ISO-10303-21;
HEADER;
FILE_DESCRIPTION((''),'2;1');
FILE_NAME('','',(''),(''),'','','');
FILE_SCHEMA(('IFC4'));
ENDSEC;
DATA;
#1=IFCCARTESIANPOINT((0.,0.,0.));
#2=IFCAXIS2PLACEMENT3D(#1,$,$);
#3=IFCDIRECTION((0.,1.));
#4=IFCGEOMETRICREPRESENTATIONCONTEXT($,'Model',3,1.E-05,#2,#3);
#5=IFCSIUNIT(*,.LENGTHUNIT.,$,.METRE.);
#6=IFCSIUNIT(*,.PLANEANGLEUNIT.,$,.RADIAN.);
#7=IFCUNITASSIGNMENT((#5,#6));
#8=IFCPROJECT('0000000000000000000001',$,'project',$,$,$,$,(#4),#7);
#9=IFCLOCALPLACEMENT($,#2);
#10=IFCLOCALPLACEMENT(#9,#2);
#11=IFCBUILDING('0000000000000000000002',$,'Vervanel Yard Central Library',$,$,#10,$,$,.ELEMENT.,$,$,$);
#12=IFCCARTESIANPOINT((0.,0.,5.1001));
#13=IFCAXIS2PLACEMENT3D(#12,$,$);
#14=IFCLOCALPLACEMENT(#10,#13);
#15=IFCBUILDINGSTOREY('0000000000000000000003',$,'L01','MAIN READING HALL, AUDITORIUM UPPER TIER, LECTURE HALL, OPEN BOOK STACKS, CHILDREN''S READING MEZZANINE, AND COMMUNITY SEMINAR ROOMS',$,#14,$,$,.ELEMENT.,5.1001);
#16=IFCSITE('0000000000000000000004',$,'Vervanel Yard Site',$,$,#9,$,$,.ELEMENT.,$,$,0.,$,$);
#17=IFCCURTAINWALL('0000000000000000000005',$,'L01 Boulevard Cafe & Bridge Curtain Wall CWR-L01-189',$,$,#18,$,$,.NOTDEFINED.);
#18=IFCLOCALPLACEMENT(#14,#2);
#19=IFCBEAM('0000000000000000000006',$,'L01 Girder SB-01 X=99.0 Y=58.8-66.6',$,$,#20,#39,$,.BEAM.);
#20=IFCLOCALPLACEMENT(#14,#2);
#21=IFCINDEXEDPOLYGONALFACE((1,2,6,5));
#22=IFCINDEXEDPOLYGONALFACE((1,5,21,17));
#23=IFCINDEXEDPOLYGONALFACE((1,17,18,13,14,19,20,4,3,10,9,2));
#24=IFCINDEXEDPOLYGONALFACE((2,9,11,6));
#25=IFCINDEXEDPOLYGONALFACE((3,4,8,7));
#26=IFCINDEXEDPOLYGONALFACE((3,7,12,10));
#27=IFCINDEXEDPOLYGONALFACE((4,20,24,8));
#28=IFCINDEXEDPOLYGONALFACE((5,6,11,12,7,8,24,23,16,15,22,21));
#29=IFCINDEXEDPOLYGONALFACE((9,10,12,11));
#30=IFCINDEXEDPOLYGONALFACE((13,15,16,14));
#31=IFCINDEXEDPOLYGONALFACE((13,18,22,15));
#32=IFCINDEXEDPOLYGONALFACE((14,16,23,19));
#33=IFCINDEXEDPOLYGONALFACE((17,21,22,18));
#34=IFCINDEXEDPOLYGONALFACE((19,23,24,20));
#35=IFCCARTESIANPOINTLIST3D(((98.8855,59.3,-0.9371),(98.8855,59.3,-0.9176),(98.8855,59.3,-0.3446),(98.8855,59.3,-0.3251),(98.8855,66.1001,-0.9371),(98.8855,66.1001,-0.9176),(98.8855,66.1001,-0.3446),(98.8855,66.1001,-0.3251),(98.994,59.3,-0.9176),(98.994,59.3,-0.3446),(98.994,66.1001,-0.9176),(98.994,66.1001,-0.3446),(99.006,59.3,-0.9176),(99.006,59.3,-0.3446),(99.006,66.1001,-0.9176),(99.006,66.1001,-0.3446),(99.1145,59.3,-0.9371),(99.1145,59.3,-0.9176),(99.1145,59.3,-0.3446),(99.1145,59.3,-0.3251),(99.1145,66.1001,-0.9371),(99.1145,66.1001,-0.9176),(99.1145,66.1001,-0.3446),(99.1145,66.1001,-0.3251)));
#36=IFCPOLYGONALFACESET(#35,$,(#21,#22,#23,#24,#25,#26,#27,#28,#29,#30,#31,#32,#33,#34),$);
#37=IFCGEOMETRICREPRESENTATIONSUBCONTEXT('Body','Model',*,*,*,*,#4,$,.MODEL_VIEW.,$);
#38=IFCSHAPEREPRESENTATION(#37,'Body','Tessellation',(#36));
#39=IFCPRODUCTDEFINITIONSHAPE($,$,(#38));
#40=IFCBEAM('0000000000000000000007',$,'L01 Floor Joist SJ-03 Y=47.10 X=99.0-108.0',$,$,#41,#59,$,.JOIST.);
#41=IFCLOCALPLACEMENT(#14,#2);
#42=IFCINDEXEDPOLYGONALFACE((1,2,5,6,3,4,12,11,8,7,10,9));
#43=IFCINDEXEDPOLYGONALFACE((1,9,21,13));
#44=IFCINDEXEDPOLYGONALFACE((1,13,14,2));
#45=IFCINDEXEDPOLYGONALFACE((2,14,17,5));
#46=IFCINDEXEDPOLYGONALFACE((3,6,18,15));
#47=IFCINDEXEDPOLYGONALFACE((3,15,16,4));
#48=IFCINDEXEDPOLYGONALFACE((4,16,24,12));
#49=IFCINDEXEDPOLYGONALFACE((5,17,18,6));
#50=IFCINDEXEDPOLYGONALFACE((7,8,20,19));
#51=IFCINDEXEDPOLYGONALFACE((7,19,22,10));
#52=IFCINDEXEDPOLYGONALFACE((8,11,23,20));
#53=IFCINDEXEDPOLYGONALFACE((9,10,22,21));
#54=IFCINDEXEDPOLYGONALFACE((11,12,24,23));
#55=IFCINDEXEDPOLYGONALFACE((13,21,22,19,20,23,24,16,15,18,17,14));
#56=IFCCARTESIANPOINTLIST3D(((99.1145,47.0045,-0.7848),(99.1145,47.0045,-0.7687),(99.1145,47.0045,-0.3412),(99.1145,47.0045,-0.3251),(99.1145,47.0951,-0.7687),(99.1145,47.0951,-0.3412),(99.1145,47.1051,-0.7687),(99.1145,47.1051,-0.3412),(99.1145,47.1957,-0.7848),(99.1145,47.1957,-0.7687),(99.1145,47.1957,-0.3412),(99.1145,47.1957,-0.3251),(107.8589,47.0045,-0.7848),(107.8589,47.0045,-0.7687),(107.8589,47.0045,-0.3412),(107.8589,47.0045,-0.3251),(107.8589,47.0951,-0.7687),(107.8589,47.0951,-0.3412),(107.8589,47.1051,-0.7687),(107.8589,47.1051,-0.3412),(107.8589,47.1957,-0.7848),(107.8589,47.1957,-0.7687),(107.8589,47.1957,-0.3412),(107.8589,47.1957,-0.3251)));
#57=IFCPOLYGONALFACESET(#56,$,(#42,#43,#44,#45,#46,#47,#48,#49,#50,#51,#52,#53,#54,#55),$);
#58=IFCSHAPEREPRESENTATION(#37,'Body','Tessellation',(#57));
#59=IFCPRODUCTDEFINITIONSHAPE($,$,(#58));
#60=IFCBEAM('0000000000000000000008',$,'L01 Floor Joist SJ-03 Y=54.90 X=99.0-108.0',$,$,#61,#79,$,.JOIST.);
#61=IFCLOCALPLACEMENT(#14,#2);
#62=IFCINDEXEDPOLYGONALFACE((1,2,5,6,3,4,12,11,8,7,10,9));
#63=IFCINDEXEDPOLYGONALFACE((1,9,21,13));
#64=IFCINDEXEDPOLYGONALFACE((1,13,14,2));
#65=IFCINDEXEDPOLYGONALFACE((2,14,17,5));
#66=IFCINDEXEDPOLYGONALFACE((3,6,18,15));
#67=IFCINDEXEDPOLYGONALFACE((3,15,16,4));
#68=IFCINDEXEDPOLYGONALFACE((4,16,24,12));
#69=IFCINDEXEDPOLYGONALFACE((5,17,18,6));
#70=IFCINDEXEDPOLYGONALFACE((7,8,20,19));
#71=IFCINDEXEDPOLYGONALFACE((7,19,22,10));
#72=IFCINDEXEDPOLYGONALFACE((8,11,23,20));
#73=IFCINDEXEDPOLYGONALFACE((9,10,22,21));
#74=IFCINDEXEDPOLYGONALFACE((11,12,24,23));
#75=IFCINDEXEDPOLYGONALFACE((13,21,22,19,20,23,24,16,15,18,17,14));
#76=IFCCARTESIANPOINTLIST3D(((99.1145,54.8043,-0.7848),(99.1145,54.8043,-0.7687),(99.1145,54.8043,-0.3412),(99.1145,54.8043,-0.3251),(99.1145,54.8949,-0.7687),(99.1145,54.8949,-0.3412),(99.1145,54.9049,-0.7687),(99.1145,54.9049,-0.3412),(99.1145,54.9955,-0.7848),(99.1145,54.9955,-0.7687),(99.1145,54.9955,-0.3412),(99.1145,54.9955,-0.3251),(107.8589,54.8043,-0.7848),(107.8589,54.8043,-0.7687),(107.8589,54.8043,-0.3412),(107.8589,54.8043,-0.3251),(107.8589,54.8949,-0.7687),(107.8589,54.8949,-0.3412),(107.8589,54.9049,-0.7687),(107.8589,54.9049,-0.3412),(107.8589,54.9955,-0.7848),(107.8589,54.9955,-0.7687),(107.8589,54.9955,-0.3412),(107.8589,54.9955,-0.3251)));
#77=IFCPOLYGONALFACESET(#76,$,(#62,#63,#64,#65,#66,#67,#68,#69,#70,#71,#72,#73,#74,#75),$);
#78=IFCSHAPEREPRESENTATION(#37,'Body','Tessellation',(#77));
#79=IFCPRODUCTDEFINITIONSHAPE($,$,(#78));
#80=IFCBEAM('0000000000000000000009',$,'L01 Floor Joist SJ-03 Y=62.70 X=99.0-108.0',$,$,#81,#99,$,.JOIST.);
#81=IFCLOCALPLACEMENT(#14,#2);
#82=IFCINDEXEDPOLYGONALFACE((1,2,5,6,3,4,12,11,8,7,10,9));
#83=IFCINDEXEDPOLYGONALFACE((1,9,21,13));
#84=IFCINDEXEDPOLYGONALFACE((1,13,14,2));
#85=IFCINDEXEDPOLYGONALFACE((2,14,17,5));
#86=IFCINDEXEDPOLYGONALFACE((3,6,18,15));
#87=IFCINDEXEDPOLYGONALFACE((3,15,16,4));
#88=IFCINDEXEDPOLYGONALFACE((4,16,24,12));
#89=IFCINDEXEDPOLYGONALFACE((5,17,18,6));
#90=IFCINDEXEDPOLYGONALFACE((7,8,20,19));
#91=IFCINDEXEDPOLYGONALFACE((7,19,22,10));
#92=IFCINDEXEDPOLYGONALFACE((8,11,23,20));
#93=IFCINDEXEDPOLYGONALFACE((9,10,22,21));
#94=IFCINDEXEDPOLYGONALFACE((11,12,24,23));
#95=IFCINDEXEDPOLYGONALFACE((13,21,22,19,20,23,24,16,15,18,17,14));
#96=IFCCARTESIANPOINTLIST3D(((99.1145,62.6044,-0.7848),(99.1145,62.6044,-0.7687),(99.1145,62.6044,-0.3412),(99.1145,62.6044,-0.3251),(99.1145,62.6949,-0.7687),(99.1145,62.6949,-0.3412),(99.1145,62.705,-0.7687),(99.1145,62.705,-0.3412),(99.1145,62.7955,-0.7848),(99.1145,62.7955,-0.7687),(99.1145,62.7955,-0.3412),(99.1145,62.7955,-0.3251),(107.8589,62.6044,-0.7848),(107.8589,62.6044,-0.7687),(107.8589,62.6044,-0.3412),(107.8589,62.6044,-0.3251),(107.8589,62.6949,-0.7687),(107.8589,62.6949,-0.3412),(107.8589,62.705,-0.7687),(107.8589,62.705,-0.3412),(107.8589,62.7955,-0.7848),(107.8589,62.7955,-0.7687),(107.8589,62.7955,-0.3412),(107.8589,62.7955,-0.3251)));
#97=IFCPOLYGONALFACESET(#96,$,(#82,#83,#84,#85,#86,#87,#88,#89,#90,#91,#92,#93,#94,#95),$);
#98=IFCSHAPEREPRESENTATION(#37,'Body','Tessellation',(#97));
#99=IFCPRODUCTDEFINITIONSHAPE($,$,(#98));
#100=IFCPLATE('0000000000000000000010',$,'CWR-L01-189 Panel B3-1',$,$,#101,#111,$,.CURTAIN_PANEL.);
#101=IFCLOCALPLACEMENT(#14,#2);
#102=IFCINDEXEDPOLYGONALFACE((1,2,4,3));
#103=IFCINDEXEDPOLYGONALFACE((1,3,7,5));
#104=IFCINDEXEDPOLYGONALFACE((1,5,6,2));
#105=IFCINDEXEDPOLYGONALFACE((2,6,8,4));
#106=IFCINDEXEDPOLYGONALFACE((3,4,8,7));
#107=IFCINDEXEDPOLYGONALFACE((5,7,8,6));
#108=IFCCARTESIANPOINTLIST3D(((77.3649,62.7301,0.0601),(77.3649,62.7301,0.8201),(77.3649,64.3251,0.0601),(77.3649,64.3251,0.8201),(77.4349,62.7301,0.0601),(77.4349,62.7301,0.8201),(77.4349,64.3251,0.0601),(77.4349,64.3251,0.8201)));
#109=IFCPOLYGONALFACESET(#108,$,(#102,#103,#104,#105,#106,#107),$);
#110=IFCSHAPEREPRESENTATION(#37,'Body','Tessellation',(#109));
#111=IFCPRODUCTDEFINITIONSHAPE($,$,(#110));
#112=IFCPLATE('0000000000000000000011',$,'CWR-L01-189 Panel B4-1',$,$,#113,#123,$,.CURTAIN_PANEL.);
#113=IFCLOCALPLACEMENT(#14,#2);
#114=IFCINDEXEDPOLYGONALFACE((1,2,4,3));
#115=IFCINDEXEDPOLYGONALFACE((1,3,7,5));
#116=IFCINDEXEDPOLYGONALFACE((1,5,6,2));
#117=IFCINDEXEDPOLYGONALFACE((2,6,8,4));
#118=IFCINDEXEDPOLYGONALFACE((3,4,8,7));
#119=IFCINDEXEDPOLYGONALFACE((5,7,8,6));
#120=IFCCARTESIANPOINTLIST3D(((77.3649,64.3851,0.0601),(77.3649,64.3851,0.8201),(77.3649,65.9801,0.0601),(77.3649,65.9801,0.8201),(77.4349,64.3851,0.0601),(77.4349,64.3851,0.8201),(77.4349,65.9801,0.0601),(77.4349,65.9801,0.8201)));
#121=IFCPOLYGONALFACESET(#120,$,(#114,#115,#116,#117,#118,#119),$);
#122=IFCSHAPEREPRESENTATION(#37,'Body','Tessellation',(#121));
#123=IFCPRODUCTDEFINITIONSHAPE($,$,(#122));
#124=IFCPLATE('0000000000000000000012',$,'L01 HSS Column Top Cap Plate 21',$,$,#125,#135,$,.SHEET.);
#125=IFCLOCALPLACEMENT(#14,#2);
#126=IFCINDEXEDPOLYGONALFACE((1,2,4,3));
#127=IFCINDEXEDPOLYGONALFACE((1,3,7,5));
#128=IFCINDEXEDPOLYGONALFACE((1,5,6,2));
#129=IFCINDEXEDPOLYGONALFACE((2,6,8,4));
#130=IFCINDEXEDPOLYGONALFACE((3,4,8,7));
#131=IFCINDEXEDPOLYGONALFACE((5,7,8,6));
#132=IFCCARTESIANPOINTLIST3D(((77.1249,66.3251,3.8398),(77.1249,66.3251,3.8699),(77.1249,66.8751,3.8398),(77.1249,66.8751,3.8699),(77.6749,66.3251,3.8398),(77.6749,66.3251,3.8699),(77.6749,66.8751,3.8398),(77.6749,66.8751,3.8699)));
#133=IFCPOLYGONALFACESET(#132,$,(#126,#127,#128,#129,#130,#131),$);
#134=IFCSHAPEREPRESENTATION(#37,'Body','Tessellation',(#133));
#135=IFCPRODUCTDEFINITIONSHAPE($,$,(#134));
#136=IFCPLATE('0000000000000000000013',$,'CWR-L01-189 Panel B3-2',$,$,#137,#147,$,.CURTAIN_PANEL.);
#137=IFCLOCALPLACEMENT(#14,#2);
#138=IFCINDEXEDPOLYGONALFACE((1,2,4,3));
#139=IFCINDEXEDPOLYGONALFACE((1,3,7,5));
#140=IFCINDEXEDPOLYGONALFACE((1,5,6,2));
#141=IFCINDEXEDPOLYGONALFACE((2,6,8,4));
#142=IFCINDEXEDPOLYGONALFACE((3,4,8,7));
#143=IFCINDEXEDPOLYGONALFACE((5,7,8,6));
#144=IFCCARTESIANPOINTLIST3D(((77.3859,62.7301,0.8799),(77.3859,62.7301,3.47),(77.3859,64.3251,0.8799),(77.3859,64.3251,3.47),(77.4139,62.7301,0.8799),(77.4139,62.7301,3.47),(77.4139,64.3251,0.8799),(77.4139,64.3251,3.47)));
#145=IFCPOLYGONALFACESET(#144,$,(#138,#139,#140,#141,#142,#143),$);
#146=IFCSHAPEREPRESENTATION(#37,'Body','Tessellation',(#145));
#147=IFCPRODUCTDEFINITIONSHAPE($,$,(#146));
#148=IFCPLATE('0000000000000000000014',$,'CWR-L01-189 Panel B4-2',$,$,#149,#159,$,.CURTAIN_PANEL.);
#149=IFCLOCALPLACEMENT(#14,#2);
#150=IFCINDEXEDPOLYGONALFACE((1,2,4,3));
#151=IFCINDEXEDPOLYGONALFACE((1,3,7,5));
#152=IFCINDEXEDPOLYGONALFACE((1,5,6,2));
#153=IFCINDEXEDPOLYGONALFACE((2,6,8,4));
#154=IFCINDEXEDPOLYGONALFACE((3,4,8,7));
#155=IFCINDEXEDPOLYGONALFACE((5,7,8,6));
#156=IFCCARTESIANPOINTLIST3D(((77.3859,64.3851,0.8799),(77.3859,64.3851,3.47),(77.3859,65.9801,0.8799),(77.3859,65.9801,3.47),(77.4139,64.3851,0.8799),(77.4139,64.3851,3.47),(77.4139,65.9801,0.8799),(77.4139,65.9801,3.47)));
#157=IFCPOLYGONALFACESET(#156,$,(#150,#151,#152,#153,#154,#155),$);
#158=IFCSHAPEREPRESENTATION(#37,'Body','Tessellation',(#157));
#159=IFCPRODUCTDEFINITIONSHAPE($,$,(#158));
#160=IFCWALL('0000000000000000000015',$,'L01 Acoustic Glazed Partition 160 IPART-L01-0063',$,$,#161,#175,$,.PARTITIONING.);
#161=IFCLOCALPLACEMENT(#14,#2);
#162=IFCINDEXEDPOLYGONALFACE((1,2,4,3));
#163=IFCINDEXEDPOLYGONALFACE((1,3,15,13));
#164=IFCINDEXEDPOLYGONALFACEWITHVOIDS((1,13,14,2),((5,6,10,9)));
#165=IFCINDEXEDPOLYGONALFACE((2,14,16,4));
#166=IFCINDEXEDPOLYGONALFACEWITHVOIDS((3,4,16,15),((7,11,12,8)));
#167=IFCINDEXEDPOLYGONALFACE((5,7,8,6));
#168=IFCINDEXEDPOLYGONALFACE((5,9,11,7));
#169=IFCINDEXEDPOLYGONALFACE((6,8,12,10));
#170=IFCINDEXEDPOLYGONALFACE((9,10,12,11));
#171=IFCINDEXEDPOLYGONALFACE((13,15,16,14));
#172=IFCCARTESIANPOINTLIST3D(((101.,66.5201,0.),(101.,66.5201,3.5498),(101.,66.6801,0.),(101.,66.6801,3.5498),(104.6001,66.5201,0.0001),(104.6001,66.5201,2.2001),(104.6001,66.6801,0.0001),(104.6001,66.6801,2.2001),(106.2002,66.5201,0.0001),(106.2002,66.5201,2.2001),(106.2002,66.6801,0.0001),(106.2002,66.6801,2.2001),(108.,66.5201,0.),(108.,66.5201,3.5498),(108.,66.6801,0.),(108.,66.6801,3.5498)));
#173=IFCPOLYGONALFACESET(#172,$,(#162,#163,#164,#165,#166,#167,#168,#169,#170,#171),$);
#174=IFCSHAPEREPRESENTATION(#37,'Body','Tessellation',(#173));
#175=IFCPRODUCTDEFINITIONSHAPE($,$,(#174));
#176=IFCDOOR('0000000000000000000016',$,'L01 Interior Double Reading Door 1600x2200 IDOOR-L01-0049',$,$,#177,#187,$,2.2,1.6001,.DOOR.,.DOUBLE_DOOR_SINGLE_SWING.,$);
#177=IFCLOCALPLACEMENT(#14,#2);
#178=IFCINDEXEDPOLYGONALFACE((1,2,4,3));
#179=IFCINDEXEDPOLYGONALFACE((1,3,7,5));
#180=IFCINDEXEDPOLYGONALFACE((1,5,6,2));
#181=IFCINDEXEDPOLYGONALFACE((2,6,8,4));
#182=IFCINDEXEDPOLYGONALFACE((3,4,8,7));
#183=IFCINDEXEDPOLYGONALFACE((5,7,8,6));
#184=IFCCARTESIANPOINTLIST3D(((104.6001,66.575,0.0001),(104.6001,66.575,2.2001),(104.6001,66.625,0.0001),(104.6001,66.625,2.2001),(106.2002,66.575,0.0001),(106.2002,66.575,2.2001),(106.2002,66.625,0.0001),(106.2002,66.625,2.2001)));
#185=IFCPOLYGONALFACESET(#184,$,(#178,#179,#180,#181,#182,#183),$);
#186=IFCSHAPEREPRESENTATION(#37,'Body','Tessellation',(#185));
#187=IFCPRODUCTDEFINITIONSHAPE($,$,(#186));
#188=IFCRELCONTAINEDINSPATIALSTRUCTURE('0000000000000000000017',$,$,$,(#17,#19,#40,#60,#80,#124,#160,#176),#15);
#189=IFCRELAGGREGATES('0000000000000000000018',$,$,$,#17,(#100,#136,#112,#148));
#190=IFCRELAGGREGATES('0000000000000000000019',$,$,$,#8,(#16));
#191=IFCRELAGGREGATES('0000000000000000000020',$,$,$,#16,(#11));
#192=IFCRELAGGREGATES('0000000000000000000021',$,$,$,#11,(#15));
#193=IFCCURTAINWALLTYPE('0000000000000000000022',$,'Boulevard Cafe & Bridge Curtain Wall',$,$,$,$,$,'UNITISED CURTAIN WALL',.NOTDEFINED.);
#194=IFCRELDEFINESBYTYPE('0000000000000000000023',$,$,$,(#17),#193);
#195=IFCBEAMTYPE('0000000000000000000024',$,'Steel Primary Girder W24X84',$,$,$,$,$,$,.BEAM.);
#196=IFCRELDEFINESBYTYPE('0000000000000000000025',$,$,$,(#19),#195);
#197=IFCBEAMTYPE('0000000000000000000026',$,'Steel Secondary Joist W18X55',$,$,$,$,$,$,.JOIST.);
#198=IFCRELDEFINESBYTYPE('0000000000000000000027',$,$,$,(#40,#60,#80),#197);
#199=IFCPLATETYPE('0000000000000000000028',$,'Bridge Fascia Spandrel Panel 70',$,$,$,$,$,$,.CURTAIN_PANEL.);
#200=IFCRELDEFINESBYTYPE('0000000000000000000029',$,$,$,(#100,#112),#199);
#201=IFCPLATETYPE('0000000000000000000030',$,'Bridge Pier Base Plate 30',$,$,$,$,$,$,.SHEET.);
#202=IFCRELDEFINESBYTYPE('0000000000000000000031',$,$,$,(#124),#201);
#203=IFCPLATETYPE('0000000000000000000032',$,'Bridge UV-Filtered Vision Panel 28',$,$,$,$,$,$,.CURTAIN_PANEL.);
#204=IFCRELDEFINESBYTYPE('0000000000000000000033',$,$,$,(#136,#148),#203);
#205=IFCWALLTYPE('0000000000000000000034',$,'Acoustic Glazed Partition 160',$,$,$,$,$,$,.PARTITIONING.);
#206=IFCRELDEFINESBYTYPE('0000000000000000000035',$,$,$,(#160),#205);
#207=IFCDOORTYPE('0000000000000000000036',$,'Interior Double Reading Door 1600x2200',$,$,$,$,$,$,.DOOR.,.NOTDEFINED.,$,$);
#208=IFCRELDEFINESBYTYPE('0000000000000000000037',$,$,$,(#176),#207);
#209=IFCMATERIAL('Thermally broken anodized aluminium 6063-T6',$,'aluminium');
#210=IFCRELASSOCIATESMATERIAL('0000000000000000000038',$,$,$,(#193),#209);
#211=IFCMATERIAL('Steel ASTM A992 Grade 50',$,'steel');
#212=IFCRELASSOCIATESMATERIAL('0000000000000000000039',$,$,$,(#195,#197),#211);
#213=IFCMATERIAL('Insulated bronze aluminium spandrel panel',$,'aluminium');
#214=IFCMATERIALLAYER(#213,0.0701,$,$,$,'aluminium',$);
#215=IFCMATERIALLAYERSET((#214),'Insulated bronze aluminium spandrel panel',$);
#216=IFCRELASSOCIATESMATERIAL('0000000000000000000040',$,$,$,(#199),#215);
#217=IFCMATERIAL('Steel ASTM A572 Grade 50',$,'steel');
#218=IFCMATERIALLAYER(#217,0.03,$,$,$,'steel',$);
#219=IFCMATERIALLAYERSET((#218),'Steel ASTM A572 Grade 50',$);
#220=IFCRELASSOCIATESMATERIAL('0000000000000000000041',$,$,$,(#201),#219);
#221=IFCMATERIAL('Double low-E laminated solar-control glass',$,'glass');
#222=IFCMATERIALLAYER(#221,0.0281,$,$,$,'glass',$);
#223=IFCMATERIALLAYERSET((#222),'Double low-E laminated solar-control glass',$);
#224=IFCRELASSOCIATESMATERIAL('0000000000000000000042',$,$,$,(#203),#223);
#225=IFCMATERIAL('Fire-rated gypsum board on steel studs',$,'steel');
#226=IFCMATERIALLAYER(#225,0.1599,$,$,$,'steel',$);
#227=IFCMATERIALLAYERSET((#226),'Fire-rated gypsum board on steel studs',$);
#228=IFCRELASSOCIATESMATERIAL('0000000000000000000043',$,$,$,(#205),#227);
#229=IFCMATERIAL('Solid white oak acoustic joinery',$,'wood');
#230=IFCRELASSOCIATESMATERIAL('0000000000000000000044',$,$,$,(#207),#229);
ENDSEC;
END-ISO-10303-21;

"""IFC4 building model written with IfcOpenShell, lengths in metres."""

from ifc_helpers import new_model, si_unit, direction, frame, frame_2d, origin, origin_2d, place, context, subcontext, project, spatial, rectangle, i_section, extrude, material, layer, layer_set, material_profile, profile_set, type_object, element, fill, aggregate, save


model = new_model("IFC4")

# Units and contexts
model_context = context("Model", 3, precision=1e-05, world=origin(), true_north=direction((0.0, 1.0)))
body_context = subcontext(model_context, "Body", "Model", "MODEL_VIEW")
ifc_project = project(units=[si_unit("LENGTHUNIT", "METRE"), si_unit("PLANEANGLEUNIT", "RADIAN")], contexts=[model_context])

# Site, building, storey
site_placement = place(None, origin())
site = spatial("IfcSite", under=ifc_project, at=site_placement, Name="Vervanel Yard Site", CompositionType="ELEMENT", RefElevation=0.0)
building_placement = place(site_placement, origin())
building = spatial("IfcBuilding", under=site, at=building_placement, Name="Vervanel Yard Central Library", CompositionType="ELEMENT")
storey_placement = place(building_placement, frame((0.0, 0.0, 5.1001)))
storey = spatial("IfcBuildingStorey", under=building, at=storey_placement, Name="L01", Description="MAIN READING HALL, AUDITORIUM UPPER TIER, LECTURE HALL, OPEN BOOK STACKS, CHILDREN'S READING MEZZANINE, AND COMMUNITY SEMINAR ROOMS", CompositionType="ELEMENT", Elevation=5.1001)

# Curtain wall
ifc_material_1 = material(Name="Thermally broken anodized aluminium 6063-T6", Category="aluminium")
curtain_wall_type = type_object("IfcCurtainWallType", Name="Boulevard Cafe & Bridge Curtain Wall", ElementType="UNITISED CURTAIN WALL", PredefinedType="NOTDEFINED", material=ifc_material_1)
curtain_wall_placement = place(storey_placement, origin())
curtain_wall = element("IfcCurtainWall", 1, at=curtain_wall_placement, inside=storey, type_object=curtain_wall_type, Name="L01 Boulevard Cafe & Bridge Curtain Wall CWR-L01-189", PredefinedType="NOTDEFINED")

# Beams
ifc_material_2 = material(Name="Steel ASTM A992 Grade 50", Category="steel")
ifc_material_profile_1 = material_profile(ifc_material_2, i_section(OverallWidth=0.229, OverallDepth=0.6121, WebThickness=0.012, FlangeThickness=0.0195, at=origin_2d()), Name="W24X84", Category="steel")
ifc_profile_set_1 = profile_set([ifc_material_profile_1], Name="Steel ASTM A992 Grade 50")
beam_type_1 = type_object("IfcBeamType", Name="Steel Primary Girder W24X84", PredefinedType="BEAM", material=ifc_profile_set_1)
for number, where, z_axis, x_axis, name in (
    (2, (99.0, 59.3, -0.6311), (0.0, 1.0, 0.0), (-1.0, 0.0, 0.0), "L01 Girder SB-01 X=99.0 Y=58.8-66.6"),
):
    element("IfcBeam", number, at=place(storey_placement, frame(where, z_axis=z_axis, x_axis=x_axis)), inside=storey, type_object=beam_type_1, Name=name, PredefinedType="BEAM", context=body_context, shape_type="SweptSolid", body=[
        extrude(i_section(OverallWidth=0.229, OverallDepth=0.6121, WebThickness=0.012, FlangeThickness=0.0195, at=origin_2d()), origin(), (0.0, 0.0, 1.0), 6.8),
    ])
ifc_material_profile_2 = material_profile(ifc_material_2, i_section(OverallWidth=0.1912, OverallDepth=0.4597, WebThickness=0.01, FlangeThickness=0.0161, at=origin_2d()), Name="W18X55", Category="steel")
ifc_profile_set_2 = profile_set([ifc_material_profile_2], Name="Steel ASTM A992 Grade 50")
beam_type_2 = type_object("IfcBeamType", Name="Steel Secondary Joist W18X55", PredefinedType="JOIST", material=ifc_profile_set_2)
for number, where, z_axis, x_axis, name in (
    (3, (99.1145, 47.1001, -0.5549), (1.0, 0.0, 0.0), (0.0, 1.0, 0.0), "L01 Floor Joist SJ-03 Y=47.10 X=99.0-108.0"),
    (4, (99.1145, 54.8999, -0.5549), (1.0, 0.0, 0.0), (0.0, 1.0, 0.0), "L01 Floor Joist SJ-03 Y=54.90 X=99.0-108.0"),
    (5, (99.1145, 62.7, -0.5549), (1.0, 0.0, 0.0), (0.0, 1.0, 0.0), "L01 Floor Joist SJ-03 Y=62.70 X=99.0-108.0"),
):
    element("IfcBeam", number, at=place(storey_placement, frame(where, z_axis=z_axis, x_axis=x_axis)), inside=storey, type_object=beam_type_2, Name=name, PredefinedType="JOIST", context=body_context, shape_type="SweptSolid", body=[
        extrude(i_section(OverallWidth=0.1912, OverallDepth=0.4597, WebThickness=0.01, FlangeThickness=0.0161, at=origin_2d()), origin(), (0.0, 0.0, 1.0), 8.7444),
    ])

# Plates
ifc_material_3 = material(Name="Insulated bronze aluminium spandrel panel", Category="aluminium")
ifc_layer_1 = layer(ifc_material_3, 0.0701, Category="aluminium")
ifc_layer_set_1 = layer_set([ifc_layer_1], Name="Insulated bronze aluminium spandrel panel")
plate_type_1 = type_object("IfcPlateType", Name="Bridge Fascia Spandrel Panel 70", PredefinedType="CURTAIN_PANEL", material=ifc_layer_set_1)
plate_1_placement = place(storey_placement, frame((77.3999, 63.5276, 0.0601), z_axis=(0.0, 0.0, 1.0), x_axis=(0.0, 1.0, 0.0)))
plate_1 = element("IfcPlate", 6, at=plate_1_placement, type_object=plate_type_1, Name="CWR-L01-189 Panel B3-1", PredefinedType="CURTAIN_PANEL", context=body_context, shape_type="SweptSolid", body=[
    extrude(rectangle(XDim=1.595, YDim=0.0701, at=origin_2d()), origin(), (0.0, 0.0, 1.0), 0.76),
])
plate_2_placement = place(storey_placement, frame((77.3999, 65.1826, 0.0601), z_axis=(0.0, 0.0, 1.0), x_axis=(0.0, 1.0, 0.0)))
plate_2 = element("IfcPlate", 7, at=plate_2_placement, type_object=plate_type_1, Name="CWR-L01-189 Panel B4-1", PredefinedType="CURTAIN_PANEL", context=body_context, shape_type="SweptSolid", body=[
    extrude(rectangle(XDim=1.595, YDim=0.0701, at=origin_2d()), origin(), (0.0, 0.0, 1.0), 0.76),
])
ifc_material_4 = material(Name="Steel ASTM A572 Grade 50", Category="steel")
ifc_layer_2 = layer(ifc_material_4, 0.03, Category="steel")
ifc_layer_set_2 = layer_set([ifc_layer_2], Name="Steel ASTM A572 Grade 50")
plate_type_2 = type_object("IfcPlateType", Name="Bridge Pier Base Plate 30", PredefinedType="SHEET", material=ifc_layer_set_2)
plate_3_placement = place(storey_placement, frame((77.3999, 66.6001, 3.8398), z_axis=(0.0, 0.0, 1.0), x_axis=(1.0, 0.0, 0.0)))
element("IfcPlate", 8, at=plate_3_placement, inside=storey, type_object=plate_type_2, Name="L01 HSS Column Top Cap Plate 21", PredefinedType="SHEET", context=body_context, shape_type="SweptSolid", body=[
    extrude(rectangle(XDim=0.55, YDim=0.55, at=origin_2d()), origin(), (0.0, 0.0, 1.0), 0.03),
])
ifc_material_5 = material(Name="Double low-E laminated solar-control glass", Category="glass")
ifc_layer_3 = layer(ifc_material_5, 0.0281, Category="glass")
ifc_layer_set_3 = layer_set([ifc_layer_3], Name="Double low-E laminated solar-control glass")
plate_type_3 = type_object("IfcPlateType", Name="Bridge UV-Filtered Vision Panel 28", PredefinedType="CURTAIN_PANEL", material=ifc_layer_set_3)
plate_4_placement = place(storey_placement, frame((77.3999, 63.5276, 0.8799), z_axis=(0.0, 0.0, 1.0), x_axis=(0.0, 1.0, 0.0)))
plate_4 = element("IfcPlate", 9, at=plate_4_placement, type_object=plate_type_3, Name="CWR-L01-189 Panel B3-2", PredefinedType="CURTAIN_PANEL", context=body_context, shape_type="SweptSolid", body=[
    extrude(rectangle(XDim=1.595, YDim=0.0281, at=origin_2d()), origin(), (0.0, 0.0, 1.0), 2.5901),
])
plate_5_placement = place(storey_placement, frame((77.3999, 65.1826, 0.8799), z_axis=(0.0, 0.0, 1.0), x_axis=(0.0, 1.0, 0.0)))
plate_5 = element("IfcPlate", 10, at=plate_5_placement, type_object=plate_type_3, Name="CWR-L01-189 Panel B4-2", PredefinedType="CURTAIN_PANEL", context=body_context, shape_type="SweptSolid", body=[
    extrude(rectangle(XDim=1.595, YDim=0.0281, at=origin_2d()), origin(), (0.0, 0.0, 1.0), 2.5901),
])
aggregate(curtain_wall, [plate_1, plate_4, plate_2, plate_5])

# Wall, opening, door
ifc_material_6 = material(Name="Fire-rated gypsum board on steel studs", Category="steel")
ifc_layer_4 = layer(ifc_material_6, 0.1599, Category="steel")
ifc_layer_set_4 = layer_set([ifc_layer_4], Name="Fire-rated gypsum board on steel studs")
wall_type = type_object("IfcWallType", Name="Acoustic Glazed Partition 160", PredefinedType="PARTITIONING", material=ifc_layer_set_4)
wall_placement = place(storey_placement, frame((101.0, 66.6001, 0.0), z_axis=(0.0, 0.0, 1.0), x_axis=(1.0, 0.0, 0.0)))
wall = element("IfcWall", 11, at=wall_placement, inside=storey, type_object=wall_type, Name="L01 Acoustic Glazed Partition 160 IPART-L01-0063", PredefinedType="PARTITIONING", context=body_context, shape_type="SweptSolid", body=[
    extrude(rectangle(XDim=7.0, YDim=0.1599, at=frame_2d((3.5, 0.0))), origin(), (0.0, 0.0, 1.0), 3.5498),
])
opening_placement = place(wall_placement, frame((3.6001, 0.0, 0.0)))
opening = element("IfcOpeningElement", 12, at=opening_placement, cuts=wall, PredefinedType="OPENING", context=body_context, shape_type="SweptSolid", body=[
    extrude(rectangle(XDim=1.6001, YDim=2.2, at=frame_2d((0.8, 1.1001))), frame((0.0, 0.0898, 0.0), z_axis=(0.0, -1.0, 0.0), x_axis=(1.0, 0.0, 0.0)), (0.0, 0.0, 1.0), 0.1799),
])
ifc_material_7 = material(Name="Solid white oak acoustic joinery", Category="wood")
door_type = type_object("IfcDoorType", Name="Interior Double Reading Door 1600x2200", OperationType="NOTDEFINED", PredefinedType="DOOR", material=ifc_material_7)
door_placement = place(opening_placement, origin())
door = element("IfcDoor", 13, at=door_placement, inside=storey, type_object=door_type, Name="L01 Interior Double Reading Door 1600x2200 IDOOR-L01-0049", OperationType="DOUBLE_DOOR_SINGLE_SWING", OverallHeight=2.2, OverallWidth=1.6001, PredefinedType="DOOR", context=body_context, shape_type="SweptSolid", body=[
    extrude(rectangle(XDim=1.6001, YDim=2.2, at=frame_2d((0.8, 1.1001))), frame((0.0, 0.0249, 0.0), z_axis=(0.0, -1.0, 0.0), x_axis=(1.0, 0.0, 0.0)), (0.0, 0.0, 1.0), 0.05),
])
fill(opening, door)

save(model, "model.ifc")
